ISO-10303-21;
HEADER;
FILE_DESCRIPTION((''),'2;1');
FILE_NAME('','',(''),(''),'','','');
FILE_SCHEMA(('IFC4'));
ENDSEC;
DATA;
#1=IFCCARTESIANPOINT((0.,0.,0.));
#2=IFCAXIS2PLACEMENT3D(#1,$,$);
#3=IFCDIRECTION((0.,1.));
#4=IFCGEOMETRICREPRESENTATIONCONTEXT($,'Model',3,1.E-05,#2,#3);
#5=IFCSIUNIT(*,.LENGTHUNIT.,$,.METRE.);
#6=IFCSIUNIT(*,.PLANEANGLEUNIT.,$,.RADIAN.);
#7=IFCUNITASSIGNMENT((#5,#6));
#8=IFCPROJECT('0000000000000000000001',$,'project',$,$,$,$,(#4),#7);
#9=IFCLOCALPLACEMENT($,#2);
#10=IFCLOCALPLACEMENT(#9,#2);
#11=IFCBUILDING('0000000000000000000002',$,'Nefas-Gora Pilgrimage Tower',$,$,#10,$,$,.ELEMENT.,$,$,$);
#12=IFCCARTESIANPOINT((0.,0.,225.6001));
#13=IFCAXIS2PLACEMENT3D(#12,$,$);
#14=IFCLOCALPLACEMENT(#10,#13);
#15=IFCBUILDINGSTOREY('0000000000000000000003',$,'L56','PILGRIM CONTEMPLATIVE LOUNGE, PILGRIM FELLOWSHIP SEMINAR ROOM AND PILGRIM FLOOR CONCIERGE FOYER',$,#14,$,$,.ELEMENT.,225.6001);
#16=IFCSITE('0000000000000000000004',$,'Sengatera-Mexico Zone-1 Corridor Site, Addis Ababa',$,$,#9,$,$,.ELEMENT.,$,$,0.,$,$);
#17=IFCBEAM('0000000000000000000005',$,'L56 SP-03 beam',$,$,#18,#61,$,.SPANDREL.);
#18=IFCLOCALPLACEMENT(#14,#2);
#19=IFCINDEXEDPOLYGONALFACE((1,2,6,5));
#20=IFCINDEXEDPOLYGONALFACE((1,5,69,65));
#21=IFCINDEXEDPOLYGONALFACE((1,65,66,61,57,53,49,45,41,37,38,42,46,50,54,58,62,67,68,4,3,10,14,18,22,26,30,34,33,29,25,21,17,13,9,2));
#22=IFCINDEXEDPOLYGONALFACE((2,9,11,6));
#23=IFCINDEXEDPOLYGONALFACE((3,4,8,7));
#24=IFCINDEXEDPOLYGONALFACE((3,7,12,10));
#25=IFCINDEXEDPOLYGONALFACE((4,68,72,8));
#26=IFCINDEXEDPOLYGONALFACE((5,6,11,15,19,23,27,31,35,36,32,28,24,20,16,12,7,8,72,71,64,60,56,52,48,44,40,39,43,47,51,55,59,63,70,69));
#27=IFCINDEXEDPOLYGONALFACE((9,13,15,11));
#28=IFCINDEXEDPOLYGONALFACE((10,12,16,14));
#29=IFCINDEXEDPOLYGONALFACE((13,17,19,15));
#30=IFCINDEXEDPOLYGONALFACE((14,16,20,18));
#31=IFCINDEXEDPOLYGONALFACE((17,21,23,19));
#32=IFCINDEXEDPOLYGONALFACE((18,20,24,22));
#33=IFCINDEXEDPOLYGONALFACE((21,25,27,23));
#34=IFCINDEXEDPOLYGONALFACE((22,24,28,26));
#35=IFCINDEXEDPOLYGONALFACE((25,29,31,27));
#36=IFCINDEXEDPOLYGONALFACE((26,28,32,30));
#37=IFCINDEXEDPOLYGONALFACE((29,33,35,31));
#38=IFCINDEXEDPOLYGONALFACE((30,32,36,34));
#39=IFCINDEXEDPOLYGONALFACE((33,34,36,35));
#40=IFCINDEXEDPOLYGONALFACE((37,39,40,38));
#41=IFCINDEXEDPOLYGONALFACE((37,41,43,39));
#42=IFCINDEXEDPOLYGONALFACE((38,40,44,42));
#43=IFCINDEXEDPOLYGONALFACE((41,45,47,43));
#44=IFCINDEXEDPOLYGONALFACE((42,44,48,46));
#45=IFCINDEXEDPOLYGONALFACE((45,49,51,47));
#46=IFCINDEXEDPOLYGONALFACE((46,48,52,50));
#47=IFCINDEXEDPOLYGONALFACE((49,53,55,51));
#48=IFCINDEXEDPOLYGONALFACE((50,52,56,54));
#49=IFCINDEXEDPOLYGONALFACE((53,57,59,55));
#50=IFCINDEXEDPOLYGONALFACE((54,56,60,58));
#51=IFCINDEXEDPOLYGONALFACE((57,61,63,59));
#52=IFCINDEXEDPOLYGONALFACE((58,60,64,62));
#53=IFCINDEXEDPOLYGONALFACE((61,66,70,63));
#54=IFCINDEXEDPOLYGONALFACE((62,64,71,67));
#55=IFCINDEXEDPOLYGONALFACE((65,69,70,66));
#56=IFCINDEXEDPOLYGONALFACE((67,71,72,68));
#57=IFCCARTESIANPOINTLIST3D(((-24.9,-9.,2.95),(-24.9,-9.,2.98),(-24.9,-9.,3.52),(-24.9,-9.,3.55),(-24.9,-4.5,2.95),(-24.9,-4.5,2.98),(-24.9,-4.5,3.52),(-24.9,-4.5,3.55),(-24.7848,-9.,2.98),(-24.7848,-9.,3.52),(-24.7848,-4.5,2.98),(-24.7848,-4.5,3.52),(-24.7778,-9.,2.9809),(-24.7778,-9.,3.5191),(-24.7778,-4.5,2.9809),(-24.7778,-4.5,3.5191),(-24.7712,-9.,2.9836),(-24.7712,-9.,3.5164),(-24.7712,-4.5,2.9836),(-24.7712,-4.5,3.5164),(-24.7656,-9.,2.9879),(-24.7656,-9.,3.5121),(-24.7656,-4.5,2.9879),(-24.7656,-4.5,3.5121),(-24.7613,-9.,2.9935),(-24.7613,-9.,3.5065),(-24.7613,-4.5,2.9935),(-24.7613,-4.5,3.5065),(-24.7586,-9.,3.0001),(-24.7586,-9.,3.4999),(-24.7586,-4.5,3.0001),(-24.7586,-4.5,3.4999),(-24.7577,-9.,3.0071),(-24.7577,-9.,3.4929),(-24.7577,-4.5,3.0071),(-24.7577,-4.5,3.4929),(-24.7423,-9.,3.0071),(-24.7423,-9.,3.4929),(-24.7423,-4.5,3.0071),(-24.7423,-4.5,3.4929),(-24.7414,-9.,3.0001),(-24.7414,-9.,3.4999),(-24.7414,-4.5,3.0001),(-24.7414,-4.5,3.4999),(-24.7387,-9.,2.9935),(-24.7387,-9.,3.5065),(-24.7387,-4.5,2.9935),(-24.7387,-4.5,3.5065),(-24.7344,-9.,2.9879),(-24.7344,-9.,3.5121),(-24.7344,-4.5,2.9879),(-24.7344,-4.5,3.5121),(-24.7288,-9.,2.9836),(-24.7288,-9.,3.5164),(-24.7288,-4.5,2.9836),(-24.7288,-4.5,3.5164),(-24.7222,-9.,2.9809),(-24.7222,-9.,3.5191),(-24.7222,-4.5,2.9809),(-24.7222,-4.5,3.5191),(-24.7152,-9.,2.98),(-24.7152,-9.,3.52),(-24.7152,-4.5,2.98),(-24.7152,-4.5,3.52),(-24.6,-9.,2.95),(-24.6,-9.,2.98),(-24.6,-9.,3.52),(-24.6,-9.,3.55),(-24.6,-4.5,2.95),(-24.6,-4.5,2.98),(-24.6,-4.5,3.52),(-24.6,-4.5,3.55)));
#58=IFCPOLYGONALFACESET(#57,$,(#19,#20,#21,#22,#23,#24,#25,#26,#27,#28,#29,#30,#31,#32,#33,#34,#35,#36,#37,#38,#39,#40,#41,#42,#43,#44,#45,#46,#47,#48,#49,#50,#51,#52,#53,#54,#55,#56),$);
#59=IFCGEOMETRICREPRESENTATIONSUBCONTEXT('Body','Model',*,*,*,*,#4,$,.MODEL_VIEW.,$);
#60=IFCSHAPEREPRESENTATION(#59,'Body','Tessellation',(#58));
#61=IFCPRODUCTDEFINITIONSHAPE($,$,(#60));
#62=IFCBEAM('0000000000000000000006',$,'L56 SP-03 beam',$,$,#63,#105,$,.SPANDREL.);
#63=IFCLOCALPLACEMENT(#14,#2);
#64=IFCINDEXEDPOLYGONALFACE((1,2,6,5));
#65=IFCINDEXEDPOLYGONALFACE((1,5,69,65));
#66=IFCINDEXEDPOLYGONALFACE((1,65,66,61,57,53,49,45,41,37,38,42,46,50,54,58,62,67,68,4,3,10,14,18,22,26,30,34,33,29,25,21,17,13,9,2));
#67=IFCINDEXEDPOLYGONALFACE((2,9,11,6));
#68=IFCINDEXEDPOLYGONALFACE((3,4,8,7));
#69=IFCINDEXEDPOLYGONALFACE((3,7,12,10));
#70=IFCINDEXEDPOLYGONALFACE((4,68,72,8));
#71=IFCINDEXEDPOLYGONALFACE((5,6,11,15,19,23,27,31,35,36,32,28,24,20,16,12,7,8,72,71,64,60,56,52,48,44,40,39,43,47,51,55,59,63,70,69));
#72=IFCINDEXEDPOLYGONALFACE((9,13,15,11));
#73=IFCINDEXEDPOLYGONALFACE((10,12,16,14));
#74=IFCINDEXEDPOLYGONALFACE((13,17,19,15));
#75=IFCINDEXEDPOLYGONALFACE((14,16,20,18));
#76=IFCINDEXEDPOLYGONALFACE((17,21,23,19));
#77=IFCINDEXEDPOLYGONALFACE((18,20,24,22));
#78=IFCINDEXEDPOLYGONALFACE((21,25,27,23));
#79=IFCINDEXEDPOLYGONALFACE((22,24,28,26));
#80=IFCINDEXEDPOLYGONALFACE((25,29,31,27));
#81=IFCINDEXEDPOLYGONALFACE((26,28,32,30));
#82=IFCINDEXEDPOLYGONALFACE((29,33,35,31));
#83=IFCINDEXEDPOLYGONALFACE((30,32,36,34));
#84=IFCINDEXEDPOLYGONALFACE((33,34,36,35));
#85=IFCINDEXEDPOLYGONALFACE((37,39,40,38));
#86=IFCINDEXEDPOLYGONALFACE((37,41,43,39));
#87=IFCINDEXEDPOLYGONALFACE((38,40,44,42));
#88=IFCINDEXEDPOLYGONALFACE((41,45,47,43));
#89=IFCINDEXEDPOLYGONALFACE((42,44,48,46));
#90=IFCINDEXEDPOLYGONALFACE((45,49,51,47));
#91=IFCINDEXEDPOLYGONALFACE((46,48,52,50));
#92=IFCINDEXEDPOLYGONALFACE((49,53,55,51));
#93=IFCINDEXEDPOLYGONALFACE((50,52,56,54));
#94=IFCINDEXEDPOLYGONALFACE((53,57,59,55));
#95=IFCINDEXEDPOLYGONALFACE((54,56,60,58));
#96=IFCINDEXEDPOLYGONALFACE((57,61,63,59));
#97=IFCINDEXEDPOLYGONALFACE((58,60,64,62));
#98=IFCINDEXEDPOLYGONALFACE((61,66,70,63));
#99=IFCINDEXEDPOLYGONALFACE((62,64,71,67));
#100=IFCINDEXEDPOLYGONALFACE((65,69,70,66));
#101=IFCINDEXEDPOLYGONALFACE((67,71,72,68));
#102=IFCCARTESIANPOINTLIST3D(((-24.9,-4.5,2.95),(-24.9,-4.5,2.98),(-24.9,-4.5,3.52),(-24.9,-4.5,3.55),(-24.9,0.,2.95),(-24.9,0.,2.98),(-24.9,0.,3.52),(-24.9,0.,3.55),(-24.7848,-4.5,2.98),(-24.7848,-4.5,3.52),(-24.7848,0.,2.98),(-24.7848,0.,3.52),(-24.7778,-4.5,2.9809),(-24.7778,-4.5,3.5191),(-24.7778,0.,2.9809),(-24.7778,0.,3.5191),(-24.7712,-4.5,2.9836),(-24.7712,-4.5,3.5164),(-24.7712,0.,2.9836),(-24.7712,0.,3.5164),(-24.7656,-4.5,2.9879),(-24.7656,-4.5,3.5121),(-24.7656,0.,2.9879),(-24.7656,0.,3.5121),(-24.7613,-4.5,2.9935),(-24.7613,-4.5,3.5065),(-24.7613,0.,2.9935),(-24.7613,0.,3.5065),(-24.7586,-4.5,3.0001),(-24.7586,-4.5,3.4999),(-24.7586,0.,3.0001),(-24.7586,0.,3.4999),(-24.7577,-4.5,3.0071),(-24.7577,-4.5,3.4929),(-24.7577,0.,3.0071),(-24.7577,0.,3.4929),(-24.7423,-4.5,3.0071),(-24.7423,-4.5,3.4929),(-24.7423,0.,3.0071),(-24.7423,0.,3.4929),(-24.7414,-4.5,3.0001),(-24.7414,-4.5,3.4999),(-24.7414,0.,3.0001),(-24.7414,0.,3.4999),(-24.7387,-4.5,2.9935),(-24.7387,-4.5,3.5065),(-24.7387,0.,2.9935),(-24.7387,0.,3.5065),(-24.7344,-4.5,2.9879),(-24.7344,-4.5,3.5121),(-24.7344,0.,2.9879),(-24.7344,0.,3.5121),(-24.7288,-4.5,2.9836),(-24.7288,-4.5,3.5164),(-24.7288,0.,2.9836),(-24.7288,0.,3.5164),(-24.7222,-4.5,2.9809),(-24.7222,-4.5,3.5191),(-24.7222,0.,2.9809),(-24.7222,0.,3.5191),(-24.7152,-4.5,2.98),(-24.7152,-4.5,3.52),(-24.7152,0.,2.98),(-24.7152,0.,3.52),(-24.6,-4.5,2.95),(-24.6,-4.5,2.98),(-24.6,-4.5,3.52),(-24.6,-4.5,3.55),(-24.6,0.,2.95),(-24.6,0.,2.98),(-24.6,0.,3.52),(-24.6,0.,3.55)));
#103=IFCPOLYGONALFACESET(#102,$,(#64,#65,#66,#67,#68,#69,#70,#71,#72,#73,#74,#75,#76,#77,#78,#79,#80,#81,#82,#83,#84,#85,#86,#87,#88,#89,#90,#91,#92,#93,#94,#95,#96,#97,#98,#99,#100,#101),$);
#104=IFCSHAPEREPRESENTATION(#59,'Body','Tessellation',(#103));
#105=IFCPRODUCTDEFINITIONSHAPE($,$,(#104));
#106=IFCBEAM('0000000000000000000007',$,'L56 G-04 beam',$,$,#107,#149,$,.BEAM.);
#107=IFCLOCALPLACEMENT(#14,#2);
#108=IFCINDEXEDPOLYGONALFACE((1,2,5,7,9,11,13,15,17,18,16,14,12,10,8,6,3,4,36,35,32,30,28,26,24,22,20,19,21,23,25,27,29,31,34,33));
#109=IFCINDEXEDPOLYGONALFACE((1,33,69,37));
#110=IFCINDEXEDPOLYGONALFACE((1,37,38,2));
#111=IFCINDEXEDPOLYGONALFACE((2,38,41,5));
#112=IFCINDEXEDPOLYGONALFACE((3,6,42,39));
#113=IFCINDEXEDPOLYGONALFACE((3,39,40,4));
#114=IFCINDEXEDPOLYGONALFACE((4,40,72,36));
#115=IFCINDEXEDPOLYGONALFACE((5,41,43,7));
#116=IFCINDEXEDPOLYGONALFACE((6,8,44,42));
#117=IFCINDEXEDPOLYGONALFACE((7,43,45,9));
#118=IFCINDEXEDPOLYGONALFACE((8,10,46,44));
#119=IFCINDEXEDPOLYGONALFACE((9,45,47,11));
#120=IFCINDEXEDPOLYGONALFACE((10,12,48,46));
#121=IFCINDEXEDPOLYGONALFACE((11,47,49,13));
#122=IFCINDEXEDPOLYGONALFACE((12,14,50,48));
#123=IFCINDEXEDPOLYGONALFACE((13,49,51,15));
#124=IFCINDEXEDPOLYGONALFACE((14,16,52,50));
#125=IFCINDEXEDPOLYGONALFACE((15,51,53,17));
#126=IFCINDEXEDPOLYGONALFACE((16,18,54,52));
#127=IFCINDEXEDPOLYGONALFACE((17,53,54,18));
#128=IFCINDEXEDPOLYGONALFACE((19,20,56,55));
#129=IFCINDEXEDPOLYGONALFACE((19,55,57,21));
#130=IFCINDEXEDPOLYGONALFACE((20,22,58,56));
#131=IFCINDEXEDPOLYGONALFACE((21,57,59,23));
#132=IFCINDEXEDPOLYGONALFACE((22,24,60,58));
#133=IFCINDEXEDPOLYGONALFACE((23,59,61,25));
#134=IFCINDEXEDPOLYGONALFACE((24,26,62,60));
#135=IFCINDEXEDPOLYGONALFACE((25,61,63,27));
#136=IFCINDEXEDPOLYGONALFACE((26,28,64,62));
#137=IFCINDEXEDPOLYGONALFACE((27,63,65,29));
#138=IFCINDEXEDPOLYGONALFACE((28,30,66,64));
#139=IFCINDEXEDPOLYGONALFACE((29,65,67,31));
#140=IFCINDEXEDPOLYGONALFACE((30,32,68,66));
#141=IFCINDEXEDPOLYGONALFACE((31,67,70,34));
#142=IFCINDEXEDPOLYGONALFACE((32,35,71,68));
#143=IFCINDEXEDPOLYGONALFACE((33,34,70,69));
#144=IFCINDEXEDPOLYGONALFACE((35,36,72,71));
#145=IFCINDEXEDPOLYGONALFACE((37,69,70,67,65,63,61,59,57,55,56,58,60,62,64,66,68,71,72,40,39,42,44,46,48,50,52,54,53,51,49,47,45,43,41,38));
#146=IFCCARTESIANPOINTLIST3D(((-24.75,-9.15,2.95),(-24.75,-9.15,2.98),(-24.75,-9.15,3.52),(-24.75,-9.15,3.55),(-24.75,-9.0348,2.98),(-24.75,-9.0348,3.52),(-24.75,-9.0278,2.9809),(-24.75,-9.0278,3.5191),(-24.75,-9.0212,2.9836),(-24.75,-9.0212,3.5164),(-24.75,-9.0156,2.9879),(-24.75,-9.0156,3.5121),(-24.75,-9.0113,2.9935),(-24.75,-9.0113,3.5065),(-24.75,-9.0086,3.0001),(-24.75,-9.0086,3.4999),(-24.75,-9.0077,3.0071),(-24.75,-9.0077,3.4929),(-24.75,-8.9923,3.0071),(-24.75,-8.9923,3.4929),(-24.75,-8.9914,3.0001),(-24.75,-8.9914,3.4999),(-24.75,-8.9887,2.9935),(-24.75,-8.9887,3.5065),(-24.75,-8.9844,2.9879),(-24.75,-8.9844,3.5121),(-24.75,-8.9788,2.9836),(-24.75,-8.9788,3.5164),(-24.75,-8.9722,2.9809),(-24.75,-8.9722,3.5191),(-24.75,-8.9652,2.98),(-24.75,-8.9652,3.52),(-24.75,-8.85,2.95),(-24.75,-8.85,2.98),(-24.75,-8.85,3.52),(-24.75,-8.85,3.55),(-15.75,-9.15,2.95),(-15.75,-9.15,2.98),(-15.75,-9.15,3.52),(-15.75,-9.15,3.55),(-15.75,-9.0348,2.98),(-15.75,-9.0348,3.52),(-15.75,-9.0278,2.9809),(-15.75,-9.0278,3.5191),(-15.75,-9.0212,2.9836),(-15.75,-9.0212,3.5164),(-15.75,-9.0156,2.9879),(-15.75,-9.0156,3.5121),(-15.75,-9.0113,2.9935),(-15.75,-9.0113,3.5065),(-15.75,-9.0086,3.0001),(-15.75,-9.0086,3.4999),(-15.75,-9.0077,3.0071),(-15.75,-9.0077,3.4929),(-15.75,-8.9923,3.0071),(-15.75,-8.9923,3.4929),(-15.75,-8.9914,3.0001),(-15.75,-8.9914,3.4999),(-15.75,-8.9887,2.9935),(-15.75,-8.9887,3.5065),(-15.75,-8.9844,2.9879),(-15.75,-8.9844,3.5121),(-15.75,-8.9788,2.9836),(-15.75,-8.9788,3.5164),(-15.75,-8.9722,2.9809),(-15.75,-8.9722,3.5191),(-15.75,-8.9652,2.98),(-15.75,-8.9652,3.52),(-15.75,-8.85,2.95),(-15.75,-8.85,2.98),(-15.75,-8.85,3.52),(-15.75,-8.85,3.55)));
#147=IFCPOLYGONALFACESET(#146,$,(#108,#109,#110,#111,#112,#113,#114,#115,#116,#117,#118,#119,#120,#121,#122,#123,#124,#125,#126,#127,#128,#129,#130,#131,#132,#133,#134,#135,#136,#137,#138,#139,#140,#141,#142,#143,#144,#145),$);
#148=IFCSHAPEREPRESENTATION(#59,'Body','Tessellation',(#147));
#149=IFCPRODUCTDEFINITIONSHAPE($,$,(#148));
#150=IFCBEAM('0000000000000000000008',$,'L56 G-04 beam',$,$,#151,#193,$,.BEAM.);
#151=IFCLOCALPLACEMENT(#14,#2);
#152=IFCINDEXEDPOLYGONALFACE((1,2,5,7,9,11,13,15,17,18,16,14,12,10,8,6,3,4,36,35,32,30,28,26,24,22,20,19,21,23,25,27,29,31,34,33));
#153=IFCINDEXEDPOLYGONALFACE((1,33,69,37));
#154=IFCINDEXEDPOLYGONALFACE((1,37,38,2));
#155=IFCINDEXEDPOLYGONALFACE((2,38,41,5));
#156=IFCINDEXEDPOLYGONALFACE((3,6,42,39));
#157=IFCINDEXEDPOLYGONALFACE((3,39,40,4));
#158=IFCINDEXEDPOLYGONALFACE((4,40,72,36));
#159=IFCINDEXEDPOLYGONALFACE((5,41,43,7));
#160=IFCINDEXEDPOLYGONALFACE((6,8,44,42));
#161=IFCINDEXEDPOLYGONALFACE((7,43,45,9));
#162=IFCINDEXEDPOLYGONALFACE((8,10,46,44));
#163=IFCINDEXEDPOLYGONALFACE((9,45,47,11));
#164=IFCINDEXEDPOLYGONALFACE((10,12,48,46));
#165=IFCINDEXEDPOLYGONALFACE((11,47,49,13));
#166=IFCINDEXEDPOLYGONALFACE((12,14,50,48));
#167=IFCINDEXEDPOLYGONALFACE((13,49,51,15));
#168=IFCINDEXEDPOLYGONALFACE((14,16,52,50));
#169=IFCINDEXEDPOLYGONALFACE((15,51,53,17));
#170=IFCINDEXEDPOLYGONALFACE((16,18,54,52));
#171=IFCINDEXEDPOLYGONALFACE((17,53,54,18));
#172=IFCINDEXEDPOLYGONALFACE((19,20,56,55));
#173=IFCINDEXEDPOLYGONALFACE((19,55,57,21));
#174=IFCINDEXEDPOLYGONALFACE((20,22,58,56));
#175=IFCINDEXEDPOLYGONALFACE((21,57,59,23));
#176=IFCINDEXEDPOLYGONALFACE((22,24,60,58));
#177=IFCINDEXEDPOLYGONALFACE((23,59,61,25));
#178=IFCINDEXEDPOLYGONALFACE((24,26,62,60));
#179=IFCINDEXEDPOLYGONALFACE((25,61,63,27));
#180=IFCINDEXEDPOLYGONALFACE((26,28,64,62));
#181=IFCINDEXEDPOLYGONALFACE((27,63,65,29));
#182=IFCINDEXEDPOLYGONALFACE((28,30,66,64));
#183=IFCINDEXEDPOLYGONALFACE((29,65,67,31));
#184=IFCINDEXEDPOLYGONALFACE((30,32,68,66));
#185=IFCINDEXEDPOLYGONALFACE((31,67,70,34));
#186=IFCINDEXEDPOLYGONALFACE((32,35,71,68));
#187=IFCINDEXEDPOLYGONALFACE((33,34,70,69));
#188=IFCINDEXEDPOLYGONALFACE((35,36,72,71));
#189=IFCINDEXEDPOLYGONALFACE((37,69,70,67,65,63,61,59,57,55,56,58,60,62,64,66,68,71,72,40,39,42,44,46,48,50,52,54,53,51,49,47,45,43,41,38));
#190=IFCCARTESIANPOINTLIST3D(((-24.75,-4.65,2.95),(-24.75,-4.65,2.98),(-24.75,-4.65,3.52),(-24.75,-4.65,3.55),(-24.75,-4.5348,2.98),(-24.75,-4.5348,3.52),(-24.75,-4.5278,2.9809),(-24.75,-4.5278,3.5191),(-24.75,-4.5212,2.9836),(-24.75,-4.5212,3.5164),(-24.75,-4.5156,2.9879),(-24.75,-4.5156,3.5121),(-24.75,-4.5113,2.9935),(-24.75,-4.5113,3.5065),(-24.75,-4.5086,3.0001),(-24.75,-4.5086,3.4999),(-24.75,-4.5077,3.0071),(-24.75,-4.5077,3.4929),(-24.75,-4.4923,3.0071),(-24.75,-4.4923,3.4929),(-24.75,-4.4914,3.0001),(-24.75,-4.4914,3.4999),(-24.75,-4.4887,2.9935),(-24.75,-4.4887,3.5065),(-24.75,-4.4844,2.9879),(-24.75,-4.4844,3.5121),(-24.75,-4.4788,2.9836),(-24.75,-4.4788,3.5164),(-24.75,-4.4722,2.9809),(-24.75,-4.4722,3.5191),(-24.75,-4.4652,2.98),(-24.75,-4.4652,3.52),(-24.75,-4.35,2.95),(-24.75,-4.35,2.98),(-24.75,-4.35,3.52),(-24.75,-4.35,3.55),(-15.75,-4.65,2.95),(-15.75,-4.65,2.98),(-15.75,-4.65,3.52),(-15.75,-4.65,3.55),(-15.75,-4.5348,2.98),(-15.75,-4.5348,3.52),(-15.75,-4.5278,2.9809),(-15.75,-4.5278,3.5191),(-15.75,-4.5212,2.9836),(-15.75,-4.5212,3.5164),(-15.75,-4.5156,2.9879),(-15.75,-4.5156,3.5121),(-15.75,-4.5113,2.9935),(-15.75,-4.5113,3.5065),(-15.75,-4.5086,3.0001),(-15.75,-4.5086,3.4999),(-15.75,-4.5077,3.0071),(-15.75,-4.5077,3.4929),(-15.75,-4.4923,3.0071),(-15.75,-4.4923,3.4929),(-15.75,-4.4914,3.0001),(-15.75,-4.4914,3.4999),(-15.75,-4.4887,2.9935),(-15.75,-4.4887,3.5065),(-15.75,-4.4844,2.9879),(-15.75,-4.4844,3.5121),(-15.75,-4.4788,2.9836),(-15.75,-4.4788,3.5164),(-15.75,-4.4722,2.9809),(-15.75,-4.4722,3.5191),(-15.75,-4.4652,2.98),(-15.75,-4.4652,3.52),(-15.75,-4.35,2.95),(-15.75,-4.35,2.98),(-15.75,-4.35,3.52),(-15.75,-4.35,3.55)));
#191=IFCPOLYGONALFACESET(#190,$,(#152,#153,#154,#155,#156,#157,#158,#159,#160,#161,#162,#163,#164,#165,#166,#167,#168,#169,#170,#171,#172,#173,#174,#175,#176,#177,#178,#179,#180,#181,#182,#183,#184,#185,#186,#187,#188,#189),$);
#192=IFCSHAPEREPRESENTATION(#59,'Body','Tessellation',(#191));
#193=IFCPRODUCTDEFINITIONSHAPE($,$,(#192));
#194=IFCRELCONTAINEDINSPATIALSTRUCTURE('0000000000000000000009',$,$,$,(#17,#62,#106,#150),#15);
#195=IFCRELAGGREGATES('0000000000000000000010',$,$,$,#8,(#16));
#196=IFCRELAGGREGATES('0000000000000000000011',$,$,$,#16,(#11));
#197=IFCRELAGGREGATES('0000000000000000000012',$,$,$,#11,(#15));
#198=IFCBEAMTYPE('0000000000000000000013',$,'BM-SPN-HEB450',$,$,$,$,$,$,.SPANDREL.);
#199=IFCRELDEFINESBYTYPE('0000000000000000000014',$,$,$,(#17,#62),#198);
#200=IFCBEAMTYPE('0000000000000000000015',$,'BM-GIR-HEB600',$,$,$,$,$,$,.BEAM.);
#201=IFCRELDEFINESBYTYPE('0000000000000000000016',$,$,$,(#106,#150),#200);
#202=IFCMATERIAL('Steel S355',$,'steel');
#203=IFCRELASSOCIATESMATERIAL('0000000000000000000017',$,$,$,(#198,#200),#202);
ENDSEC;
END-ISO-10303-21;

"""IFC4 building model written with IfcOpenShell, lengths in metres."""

from ifc_helpers import new_model, si_unit, direction, frame, origin, origin_2d, place, context, subcontext, project, spatial, i_section, extrude, source, transform, mapped, material, material_profile, profile_set, type_object, element, save


model = new_model("IFC4")

# Units and contexts
model_context = context("Model", 3, precision=1e-05, world=origin(), true_north=direction((0.0, 1.0)))
body_context = subcontext(model_context, "Body", "Model", "MODEL_VIEW")
ifc_project = project(units=[si_unit("LENGTHUNIT", "METRE"), si_unit("PLANEANGLEUNIT", "RADIAN")], contexts=[model_context])

# Site, building, storey
site_placement = place(None, origin())
site = spatial("IfcSite", under=ifc_project, at=site_placement, Name="Sengatera-Mexico Zone-1 Corridor Site, Addis Ababa", CompositionType="ELEMENT", RefElevation=0.0)
building_placement = place(site_placement, origin())
building = spatial("IfcBuilding", under=site, at=building_placement, Name="Nefas-Gora Pilgrimage Tower", CompositionType="ELEMENT")
storey_placement = place(building_placement, frame((0.0, 0.0, 225.6001)))
storey = spatial("IfcBuildingStorey", under=building, at=storey_placement, Name="L56", Description="PILGRIM CONTEMPLATIVE LOUNGE, PILGRIM FELLOWSHIP SEMINAR ROOM AND PILGRIM FLOOR CONCIERGE FOYER", CompositionType="ELEMENT", Elevation=225.6001)

# Beams
ifc_material_1 = material(Name="Steel S355", Category="steel")
ifc_material_profile_1 = material_profile(ifc_material_1, i_section(OverallWidth=0.3, OverallDepth=0.6001, WebThickness=0.0154, FlangeThickness=0.03, FilletRadius=0.0271, at=origin_2d()), Name="HEB 600")
ifc_profile_set_1 = profile_set([ifc_material_profile_1], Name="Steel S355")
beam_type_1 = type_object("IfcBeamType", Name="BM-SPN-HEB450", PredefinedType="SPANDREL", material=ifc_profile_set_1)
shared_shape_1 = source(origin(), body_context, "Body", "SweptSolid", [
    extrude(i_section(OverallWidth=0.3, OverallDepth=0.6001, WebThickness=0.0154, FlangeThickness=0.03, FilletRadius=0.0271, at=origin_2d()), origin(), (0.0, 0.0, 1.0), 4.5),
])
for number, where, z_axis, x_axis, name in (
    (1, (-24.75, -9.0, 3.25), (0.0, 1.0, 0.0), (-1.0, 0.0, 0.0), "L56 SP-03 beam"),
    (2, (-24.75, -4.5, 3.25), (0.0, 1.0, 0.0), (-1.0, 0.0, 0.0), "L56 SP-03 beam"),
):
    element("IfcBeam", number, at=place(storey_placement, frame(where, z_axis=z_axis, x_axis=x_axis)), inside=storey, type_object=beam_type_1, Name=name, PredefinedType="SPANDREL", context=body_context, shape_type="MappedRepresentation", body=[
        mapped(shared_shape_1, transform((0.0, 0.0, 0.0), x_axis=(1.0, 0.0, 0.0), y_axis=(0.0, 1.0, 0.0), z_axis=(0.0, 0.0, 1.0), scale=1.0)),
    ])
ifc_material_profile_2 = material_profile(ifc_material_1, i_section(OverallWidth=0.3, OverallDepth=0.6001, WebThickness=0.0154, FlangeThickness=0.03, FilletRadius=0.0271, at=origin_2d()), Name="HEB 600")
ifc_profile_set_2 = profile_set([ifc_material_profile_2], Name="Steel S355")
beam_type_2 = type_object("IfcBeamType", Name="BM-GIR-HEB600", PredefinedType="BEAM", material=ifc_profile_set_2)
shared_shape_2 = source(origin(), body_context, "Body", "SweptSolid", [
    extrude(i_section(OverallWidth=0.3, OverallDepth=0.6001, WebThickness=0.0154, FlangeThickness=0.03, FilletRadius=0.0271, at=origin_2d()), origin(), (0.0, 0.0, 1.0), 9.0),
])
for number, where, z_axis, x_axis, name in (
    (3, (-24.75, -9.0, 3.25), (1.0, 0.0, 0.0), (0.0, 1.0, 0.0), "L56 G-04 beam"),
    (4, (-24.75, -4.5, 3.25), (1.0, 0.0, 0.0), (0.0, 1.0, 0.0), "L56 G-04 beam"),
):
    element("IfcBeam", number, at=place(storey_placement, frame(where, z_axis=z_axis, x_axis=x_axis)), inside=storey, type_object=beam_type_2, Name=name, PredefinedType="BEAM", context=body_context, shape_type="MappedRepresentation", body=[
        mapped(shared_shape_2, transform((0.0, 0.0, 0.0), x_axis=(1.0, 0.0, 0.0), y_axis=(0.0, 1.0, 0.0), z_axis=(0.0, 0.0, 1.0), scale=1.0)),
    ])

save(model, "model.ifc")
